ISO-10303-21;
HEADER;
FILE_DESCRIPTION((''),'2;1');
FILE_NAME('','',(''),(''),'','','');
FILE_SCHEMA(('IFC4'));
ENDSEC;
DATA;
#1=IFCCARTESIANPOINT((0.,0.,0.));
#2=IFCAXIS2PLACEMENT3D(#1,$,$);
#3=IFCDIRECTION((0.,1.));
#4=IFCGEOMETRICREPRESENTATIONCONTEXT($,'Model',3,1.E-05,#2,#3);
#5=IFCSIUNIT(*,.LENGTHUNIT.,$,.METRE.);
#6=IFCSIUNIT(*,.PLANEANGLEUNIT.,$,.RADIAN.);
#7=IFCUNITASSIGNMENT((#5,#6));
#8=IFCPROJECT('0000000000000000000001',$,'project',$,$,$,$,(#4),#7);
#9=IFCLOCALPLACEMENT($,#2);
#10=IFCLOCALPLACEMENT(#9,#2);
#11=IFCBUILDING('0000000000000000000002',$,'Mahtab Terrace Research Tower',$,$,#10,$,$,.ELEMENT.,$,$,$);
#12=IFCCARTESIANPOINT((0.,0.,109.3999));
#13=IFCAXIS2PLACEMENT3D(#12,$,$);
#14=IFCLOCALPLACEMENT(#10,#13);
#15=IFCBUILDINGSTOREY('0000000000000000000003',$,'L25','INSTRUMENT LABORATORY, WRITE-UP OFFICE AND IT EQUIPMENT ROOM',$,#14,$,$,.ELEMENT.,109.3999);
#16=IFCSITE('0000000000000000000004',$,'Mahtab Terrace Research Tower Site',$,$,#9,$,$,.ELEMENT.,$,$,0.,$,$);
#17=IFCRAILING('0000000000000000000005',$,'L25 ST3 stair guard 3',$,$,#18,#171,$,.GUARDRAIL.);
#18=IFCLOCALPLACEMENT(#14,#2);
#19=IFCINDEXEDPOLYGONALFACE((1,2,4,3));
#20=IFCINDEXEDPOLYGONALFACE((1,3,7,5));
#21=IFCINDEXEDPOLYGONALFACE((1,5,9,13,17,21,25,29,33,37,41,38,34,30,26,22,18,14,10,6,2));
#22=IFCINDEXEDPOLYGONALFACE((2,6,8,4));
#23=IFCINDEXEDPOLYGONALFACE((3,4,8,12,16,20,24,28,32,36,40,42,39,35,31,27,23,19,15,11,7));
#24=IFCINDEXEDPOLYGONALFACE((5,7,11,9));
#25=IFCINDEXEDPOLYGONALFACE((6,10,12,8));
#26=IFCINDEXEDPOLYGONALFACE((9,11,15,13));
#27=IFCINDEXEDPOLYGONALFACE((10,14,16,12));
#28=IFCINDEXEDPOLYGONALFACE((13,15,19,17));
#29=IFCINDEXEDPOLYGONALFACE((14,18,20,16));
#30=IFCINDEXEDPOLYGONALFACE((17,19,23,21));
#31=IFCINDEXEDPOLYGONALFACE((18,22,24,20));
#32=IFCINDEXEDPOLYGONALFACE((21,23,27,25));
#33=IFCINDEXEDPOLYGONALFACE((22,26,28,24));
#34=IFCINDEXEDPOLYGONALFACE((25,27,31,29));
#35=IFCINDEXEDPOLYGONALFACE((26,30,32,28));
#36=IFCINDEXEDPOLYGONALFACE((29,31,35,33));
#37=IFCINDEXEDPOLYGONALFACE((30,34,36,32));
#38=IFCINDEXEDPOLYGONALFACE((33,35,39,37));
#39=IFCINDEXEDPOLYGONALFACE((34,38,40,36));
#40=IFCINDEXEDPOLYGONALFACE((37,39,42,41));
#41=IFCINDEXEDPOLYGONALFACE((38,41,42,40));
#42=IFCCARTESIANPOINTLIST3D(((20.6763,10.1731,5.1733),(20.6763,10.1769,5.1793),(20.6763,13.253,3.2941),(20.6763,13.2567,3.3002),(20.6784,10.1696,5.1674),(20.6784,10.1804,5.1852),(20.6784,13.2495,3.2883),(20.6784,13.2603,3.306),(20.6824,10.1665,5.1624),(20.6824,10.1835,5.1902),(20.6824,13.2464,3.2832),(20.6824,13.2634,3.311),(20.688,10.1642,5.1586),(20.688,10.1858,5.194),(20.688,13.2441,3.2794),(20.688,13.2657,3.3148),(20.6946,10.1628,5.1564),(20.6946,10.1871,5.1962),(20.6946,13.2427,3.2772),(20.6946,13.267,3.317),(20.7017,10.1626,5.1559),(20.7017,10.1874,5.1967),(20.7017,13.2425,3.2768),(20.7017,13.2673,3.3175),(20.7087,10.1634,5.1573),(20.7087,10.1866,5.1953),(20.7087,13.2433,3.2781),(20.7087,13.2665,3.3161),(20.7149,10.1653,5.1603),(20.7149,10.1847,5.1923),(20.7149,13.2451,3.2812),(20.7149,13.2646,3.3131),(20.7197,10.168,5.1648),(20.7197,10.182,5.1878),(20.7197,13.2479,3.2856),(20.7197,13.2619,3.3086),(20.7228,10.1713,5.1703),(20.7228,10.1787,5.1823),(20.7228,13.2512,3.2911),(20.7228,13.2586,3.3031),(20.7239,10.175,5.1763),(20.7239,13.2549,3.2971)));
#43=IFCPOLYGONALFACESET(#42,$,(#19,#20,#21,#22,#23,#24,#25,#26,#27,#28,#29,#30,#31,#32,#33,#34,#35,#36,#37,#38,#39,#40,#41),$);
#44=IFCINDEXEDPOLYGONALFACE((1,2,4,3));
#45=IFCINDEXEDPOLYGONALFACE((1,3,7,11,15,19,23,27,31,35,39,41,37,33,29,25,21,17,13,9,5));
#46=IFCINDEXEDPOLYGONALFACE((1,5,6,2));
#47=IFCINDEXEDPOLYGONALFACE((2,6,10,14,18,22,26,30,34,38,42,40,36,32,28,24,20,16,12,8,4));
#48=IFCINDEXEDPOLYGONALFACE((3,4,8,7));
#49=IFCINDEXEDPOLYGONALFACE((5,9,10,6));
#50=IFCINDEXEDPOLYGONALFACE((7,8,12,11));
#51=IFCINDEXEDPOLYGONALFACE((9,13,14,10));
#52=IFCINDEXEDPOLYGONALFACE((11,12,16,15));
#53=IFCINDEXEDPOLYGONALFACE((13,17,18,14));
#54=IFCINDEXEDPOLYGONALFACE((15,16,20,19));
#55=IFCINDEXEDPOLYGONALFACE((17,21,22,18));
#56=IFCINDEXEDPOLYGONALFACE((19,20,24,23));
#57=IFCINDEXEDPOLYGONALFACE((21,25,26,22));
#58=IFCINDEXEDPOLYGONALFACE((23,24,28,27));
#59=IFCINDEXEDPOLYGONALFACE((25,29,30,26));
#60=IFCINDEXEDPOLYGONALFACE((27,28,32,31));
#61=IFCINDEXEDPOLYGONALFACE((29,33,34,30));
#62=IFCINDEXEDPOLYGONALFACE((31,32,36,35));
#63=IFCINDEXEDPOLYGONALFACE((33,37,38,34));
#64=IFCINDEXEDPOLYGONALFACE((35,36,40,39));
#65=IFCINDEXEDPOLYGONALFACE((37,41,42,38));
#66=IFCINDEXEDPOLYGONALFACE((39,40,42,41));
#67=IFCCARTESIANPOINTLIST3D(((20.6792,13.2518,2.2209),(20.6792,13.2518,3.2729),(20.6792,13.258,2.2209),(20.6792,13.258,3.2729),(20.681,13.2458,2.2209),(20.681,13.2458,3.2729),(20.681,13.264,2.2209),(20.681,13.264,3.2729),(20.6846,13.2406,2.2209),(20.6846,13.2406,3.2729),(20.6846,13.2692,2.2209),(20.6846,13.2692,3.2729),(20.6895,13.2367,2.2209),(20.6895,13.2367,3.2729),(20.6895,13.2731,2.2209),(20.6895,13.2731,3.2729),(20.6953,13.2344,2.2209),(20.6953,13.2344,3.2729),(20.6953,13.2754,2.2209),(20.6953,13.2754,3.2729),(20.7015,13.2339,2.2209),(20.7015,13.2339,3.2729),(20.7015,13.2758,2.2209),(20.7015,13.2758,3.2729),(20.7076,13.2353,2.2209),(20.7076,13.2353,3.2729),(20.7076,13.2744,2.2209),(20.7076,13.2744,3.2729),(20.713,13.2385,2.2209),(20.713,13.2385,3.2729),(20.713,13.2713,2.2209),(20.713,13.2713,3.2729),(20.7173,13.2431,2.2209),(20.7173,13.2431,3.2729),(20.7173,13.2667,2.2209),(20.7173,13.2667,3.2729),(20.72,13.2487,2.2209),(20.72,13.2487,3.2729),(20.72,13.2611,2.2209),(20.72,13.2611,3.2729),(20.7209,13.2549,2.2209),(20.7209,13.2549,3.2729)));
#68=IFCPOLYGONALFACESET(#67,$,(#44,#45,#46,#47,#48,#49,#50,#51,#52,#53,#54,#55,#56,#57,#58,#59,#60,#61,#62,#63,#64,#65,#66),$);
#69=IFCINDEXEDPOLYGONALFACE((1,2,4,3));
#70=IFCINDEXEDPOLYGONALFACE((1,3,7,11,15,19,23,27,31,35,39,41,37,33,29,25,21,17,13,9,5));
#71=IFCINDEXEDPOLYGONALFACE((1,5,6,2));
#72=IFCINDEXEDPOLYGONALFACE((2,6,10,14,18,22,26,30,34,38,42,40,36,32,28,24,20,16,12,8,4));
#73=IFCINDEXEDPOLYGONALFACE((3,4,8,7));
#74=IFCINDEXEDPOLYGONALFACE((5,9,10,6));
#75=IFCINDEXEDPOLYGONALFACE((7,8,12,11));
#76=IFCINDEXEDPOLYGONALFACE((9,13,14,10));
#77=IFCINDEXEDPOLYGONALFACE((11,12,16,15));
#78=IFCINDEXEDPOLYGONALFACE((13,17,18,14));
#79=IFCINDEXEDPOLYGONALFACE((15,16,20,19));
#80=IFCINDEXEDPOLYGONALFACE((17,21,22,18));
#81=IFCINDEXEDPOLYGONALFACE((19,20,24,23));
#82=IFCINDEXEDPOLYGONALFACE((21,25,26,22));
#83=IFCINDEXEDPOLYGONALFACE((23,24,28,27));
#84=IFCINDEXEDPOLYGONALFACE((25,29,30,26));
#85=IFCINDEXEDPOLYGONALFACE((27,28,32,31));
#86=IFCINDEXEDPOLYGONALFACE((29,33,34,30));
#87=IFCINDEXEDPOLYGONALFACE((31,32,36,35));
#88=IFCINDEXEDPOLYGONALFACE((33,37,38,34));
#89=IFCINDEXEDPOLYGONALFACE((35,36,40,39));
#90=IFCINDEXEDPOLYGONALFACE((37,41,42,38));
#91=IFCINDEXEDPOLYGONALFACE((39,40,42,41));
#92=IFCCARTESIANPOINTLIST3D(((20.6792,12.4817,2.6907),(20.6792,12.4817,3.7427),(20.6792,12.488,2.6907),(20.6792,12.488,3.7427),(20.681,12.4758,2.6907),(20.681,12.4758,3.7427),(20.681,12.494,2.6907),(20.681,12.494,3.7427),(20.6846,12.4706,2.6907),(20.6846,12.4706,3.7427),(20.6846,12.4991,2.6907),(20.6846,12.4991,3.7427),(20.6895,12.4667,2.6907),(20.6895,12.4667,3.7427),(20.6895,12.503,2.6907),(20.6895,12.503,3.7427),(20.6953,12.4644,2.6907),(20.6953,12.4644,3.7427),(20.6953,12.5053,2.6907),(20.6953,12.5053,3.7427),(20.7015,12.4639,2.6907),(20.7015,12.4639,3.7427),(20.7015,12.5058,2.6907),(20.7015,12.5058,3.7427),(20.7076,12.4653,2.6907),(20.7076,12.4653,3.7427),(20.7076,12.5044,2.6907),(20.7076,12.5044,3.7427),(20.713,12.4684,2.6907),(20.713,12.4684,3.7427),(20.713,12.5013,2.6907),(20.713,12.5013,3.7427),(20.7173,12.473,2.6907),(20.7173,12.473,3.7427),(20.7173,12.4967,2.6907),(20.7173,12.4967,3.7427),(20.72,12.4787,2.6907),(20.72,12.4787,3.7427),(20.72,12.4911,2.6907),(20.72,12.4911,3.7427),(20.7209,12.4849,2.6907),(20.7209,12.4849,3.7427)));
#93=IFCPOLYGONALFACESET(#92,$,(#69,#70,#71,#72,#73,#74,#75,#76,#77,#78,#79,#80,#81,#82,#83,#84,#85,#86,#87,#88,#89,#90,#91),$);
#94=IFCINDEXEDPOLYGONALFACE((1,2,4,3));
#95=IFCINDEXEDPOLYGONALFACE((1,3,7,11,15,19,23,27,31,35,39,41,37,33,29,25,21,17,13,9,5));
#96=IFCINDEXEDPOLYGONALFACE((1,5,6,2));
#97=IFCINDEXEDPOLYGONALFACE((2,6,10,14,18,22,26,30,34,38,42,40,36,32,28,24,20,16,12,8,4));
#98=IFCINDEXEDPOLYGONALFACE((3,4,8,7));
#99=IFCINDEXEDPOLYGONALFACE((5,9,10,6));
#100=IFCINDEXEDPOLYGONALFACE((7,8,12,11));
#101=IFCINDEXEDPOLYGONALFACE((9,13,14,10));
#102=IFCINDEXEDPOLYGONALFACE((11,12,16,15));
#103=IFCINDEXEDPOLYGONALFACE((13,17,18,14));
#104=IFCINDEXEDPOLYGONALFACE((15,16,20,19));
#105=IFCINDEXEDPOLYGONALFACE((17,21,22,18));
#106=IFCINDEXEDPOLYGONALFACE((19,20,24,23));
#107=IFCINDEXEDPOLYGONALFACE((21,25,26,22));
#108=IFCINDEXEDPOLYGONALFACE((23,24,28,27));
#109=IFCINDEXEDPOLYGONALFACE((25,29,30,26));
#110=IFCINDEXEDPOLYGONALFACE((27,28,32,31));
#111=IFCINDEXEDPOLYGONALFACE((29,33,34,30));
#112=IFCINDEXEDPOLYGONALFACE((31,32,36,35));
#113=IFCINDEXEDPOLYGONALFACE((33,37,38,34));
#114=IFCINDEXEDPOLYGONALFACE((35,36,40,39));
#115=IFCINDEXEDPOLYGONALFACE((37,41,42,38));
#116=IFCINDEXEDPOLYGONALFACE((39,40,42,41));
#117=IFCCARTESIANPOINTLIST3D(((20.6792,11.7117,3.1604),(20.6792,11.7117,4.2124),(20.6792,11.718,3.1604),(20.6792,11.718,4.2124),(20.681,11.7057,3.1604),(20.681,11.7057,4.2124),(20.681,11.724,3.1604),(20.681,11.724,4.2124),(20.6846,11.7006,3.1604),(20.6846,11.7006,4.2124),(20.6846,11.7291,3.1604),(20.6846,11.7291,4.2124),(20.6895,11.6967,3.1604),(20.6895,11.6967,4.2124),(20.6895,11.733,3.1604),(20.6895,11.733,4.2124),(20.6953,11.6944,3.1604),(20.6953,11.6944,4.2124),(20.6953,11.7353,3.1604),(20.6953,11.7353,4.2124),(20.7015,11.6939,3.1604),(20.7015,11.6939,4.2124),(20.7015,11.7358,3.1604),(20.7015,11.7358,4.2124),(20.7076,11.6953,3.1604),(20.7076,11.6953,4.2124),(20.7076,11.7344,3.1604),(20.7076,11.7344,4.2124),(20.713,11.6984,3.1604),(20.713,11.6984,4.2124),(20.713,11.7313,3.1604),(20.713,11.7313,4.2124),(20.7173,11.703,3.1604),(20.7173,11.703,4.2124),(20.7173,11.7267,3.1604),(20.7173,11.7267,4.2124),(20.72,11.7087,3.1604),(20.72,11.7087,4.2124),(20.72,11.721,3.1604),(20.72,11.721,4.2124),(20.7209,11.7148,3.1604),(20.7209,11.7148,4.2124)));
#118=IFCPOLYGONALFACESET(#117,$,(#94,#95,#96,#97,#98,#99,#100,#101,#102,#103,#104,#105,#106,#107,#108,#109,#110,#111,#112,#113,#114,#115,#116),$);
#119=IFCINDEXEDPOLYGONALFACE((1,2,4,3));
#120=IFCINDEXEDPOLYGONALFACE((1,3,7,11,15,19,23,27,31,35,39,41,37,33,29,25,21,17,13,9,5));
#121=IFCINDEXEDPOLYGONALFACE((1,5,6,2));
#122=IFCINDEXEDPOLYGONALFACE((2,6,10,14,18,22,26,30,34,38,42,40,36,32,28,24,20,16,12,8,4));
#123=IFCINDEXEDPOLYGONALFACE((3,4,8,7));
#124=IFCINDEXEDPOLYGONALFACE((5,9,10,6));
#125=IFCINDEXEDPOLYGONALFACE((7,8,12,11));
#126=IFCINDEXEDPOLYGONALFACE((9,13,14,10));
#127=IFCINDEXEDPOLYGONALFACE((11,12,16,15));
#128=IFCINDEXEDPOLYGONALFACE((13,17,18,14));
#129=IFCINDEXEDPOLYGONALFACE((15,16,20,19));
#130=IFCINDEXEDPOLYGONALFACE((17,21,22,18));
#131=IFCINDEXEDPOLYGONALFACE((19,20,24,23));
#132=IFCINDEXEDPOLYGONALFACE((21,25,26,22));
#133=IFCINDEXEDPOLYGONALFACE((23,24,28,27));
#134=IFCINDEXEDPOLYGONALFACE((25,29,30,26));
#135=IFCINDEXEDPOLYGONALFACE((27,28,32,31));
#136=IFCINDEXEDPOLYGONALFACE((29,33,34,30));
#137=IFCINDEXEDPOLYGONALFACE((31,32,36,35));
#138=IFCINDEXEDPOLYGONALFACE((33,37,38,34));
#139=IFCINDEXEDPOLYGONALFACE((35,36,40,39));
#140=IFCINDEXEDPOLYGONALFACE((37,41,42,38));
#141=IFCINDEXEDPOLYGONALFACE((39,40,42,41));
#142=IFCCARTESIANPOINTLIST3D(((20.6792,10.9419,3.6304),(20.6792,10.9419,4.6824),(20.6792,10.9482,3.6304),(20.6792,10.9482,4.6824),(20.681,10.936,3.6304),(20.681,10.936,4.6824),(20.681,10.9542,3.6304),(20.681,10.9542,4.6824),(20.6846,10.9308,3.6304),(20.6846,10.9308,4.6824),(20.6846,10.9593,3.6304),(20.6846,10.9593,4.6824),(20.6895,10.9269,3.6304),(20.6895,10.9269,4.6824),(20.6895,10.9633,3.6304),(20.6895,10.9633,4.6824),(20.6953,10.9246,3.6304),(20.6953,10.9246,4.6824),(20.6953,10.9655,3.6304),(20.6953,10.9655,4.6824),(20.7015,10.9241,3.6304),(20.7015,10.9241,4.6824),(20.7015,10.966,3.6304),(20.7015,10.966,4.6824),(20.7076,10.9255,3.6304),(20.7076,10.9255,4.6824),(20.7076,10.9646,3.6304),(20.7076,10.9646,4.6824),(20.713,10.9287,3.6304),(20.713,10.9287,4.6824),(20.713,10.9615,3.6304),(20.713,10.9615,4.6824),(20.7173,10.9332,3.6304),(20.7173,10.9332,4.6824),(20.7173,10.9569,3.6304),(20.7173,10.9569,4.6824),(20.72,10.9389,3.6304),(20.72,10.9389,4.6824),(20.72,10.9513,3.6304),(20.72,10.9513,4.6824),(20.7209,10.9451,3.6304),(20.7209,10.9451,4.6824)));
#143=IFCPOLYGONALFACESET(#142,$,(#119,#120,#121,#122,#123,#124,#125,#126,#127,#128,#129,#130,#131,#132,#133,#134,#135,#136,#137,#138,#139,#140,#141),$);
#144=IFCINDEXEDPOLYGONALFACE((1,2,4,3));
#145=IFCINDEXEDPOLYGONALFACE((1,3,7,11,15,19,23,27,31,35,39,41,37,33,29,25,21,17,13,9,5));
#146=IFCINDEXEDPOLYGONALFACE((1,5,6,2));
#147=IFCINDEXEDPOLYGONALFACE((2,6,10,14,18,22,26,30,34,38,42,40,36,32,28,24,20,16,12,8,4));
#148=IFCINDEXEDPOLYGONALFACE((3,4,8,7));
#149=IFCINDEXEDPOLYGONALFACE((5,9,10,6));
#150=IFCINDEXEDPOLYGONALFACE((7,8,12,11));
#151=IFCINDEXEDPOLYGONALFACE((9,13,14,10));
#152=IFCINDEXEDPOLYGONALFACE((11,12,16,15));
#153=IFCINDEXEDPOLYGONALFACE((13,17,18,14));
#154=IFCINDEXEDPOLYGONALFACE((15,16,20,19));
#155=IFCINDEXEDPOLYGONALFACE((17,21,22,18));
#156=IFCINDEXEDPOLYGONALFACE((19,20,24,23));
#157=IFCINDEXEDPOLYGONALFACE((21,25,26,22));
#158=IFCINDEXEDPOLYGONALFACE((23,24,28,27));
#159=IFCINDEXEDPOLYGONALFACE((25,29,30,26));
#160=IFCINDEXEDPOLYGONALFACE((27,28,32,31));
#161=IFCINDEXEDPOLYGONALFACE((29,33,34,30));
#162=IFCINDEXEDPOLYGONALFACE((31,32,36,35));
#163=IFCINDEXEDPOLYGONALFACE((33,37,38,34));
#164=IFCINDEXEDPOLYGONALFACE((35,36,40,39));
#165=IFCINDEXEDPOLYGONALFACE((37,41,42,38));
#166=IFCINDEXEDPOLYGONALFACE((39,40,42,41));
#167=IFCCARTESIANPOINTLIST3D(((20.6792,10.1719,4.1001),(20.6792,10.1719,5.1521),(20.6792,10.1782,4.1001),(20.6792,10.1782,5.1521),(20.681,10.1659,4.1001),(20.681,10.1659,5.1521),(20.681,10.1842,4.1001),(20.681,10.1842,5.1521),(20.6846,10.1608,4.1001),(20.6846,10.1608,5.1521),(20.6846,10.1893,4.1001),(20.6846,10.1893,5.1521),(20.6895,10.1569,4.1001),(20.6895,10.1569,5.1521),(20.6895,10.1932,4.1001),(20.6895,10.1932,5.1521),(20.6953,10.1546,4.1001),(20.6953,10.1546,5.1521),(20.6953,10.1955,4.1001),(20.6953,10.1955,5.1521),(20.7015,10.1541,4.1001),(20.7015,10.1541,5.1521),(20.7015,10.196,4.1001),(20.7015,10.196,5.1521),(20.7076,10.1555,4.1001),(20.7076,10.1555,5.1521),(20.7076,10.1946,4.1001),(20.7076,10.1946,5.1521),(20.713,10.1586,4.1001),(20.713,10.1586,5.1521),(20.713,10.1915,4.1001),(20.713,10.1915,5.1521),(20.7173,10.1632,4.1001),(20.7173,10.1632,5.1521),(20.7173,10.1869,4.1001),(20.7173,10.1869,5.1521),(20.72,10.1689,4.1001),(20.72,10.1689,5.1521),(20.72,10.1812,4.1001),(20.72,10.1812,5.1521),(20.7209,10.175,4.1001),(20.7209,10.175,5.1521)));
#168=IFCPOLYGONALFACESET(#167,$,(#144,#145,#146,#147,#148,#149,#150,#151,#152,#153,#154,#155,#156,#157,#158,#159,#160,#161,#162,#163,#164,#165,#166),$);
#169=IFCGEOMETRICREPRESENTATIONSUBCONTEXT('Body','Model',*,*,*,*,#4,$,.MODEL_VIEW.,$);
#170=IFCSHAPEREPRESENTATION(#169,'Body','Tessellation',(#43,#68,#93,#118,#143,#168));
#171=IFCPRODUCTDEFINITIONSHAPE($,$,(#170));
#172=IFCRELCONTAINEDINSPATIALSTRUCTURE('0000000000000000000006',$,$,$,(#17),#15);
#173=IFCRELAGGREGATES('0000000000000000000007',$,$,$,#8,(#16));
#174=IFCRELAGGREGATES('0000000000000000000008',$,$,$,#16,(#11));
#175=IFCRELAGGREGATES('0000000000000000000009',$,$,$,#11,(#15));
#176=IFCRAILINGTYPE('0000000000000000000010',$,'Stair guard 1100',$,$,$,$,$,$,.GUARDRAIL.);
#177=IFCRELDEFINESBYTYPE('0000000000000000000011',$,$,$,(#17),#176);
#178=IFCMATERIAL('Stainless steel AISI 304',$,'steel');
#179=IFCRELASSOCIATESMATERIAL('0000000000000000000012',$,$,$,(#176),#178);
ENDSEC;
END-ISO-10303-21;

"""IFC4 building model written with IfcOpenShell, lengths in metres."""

from ifc_helpers import new_model, si_unit, direction, frame, origin, origin_2d, place, context, subcontext, project, spatial, circle, extrude, material, type_object, element, save


model = new_model("IFC4")

# Units and contexts
model_context = context("Model", 3, precision=1e-05, world=origin(), true_north=direction((0.0, 1.0)))
body_context = subcontext(model_context, "Body", "Model", "MODEL_VIEW")
ifc_project = project(units=[si_unit("LENGTHUNIT", "METRE"), si_unit("PLANEANGLEUNIT", "RADIAN")], contexts=[model_context])

# Site, building, storey
site_placement = place(None, origin())
site = spatial("IfcSite", under=ifc_project, at=site_placement, Name="Mahtab Terrace Research Tower Site", CompositionType="ELEMENT", RefElevation=0.0)
building_placement = place(site_placement, origin())
building = spatial("IfcBuilding", under=site, at=building_placement, Name="Mahtab Terrace Research Tower", CompositionType="ELEMENT")
storey_placement = place(building_placement, frame((0.0, 0.0, 109.3999)))
storey = spatial("IfcBuildingStorey", under=building, at=storey_placement, Name="L25", Description="INSTRUMENT LABORATORY, WRITE-UP OFFICE AND IT EQUIPMENT ROOM", CompositionType="ELEMENT", Elevation=109.3999)

# Shared definitions
ifc_material_1 = material(Name="Stainless steel AISI 304", Category="steel")

# Railing
railing_type_1 = type_object("IfcRailingType", Name="Stair guard 1100", PredefinedType="GUARDRAIL", material=ifc_material_1)
railing_1_placement = place(storey_placement, frame((20.7, 13.2549, 2.2209)))
element("IfcRailing", 1, at=railing_1_placement, inside=storey, type_object=railing_type_1, Name="L25 ST3 stair guard 3", PredefinedType="GUARDRAIL", context=body_context, shape_type="SweptSolid", body=[
    extrude(circle(Radius=0.0239, at=origin_2d()), frame((0.0, 0.0, 1.0762), z_axis=(0.0, -0.853648, 0.52085), x_axis=(1.0, 0.0, 0.0)), (0.0, 0.0, 1.0), 3.6079),
    extrude(circle(Radius=0.021, at=origin_2d()), origin(), (0.0, 0.0, 1.0), 1.052),
    extrude(circle(Radius=0.021, at=origin_2d()), frame((0.0, -0.77, 0.4697)), (0.0, 0.0, 1.0), 1.052),
    extrude(circle(Radius=0.021, at=origin_2d()), frame((0.0, -1.54, 0.9395)), (0.0, 0.0, 1.0), 1.052),
    extrude(circle(Radius=0.021, at=origin_2d()), frame((0.0, -2.3098, 1.4094)), (0.0, 0.0, 1.0), 1.052),
    extrude(circle(Radius=0.021, at=origin_2d()), frame((0.0, -3.0798, 1.8792)), (0.0, 0.0, 1.0), 1.052),
])

save(model, "model.ifc")
